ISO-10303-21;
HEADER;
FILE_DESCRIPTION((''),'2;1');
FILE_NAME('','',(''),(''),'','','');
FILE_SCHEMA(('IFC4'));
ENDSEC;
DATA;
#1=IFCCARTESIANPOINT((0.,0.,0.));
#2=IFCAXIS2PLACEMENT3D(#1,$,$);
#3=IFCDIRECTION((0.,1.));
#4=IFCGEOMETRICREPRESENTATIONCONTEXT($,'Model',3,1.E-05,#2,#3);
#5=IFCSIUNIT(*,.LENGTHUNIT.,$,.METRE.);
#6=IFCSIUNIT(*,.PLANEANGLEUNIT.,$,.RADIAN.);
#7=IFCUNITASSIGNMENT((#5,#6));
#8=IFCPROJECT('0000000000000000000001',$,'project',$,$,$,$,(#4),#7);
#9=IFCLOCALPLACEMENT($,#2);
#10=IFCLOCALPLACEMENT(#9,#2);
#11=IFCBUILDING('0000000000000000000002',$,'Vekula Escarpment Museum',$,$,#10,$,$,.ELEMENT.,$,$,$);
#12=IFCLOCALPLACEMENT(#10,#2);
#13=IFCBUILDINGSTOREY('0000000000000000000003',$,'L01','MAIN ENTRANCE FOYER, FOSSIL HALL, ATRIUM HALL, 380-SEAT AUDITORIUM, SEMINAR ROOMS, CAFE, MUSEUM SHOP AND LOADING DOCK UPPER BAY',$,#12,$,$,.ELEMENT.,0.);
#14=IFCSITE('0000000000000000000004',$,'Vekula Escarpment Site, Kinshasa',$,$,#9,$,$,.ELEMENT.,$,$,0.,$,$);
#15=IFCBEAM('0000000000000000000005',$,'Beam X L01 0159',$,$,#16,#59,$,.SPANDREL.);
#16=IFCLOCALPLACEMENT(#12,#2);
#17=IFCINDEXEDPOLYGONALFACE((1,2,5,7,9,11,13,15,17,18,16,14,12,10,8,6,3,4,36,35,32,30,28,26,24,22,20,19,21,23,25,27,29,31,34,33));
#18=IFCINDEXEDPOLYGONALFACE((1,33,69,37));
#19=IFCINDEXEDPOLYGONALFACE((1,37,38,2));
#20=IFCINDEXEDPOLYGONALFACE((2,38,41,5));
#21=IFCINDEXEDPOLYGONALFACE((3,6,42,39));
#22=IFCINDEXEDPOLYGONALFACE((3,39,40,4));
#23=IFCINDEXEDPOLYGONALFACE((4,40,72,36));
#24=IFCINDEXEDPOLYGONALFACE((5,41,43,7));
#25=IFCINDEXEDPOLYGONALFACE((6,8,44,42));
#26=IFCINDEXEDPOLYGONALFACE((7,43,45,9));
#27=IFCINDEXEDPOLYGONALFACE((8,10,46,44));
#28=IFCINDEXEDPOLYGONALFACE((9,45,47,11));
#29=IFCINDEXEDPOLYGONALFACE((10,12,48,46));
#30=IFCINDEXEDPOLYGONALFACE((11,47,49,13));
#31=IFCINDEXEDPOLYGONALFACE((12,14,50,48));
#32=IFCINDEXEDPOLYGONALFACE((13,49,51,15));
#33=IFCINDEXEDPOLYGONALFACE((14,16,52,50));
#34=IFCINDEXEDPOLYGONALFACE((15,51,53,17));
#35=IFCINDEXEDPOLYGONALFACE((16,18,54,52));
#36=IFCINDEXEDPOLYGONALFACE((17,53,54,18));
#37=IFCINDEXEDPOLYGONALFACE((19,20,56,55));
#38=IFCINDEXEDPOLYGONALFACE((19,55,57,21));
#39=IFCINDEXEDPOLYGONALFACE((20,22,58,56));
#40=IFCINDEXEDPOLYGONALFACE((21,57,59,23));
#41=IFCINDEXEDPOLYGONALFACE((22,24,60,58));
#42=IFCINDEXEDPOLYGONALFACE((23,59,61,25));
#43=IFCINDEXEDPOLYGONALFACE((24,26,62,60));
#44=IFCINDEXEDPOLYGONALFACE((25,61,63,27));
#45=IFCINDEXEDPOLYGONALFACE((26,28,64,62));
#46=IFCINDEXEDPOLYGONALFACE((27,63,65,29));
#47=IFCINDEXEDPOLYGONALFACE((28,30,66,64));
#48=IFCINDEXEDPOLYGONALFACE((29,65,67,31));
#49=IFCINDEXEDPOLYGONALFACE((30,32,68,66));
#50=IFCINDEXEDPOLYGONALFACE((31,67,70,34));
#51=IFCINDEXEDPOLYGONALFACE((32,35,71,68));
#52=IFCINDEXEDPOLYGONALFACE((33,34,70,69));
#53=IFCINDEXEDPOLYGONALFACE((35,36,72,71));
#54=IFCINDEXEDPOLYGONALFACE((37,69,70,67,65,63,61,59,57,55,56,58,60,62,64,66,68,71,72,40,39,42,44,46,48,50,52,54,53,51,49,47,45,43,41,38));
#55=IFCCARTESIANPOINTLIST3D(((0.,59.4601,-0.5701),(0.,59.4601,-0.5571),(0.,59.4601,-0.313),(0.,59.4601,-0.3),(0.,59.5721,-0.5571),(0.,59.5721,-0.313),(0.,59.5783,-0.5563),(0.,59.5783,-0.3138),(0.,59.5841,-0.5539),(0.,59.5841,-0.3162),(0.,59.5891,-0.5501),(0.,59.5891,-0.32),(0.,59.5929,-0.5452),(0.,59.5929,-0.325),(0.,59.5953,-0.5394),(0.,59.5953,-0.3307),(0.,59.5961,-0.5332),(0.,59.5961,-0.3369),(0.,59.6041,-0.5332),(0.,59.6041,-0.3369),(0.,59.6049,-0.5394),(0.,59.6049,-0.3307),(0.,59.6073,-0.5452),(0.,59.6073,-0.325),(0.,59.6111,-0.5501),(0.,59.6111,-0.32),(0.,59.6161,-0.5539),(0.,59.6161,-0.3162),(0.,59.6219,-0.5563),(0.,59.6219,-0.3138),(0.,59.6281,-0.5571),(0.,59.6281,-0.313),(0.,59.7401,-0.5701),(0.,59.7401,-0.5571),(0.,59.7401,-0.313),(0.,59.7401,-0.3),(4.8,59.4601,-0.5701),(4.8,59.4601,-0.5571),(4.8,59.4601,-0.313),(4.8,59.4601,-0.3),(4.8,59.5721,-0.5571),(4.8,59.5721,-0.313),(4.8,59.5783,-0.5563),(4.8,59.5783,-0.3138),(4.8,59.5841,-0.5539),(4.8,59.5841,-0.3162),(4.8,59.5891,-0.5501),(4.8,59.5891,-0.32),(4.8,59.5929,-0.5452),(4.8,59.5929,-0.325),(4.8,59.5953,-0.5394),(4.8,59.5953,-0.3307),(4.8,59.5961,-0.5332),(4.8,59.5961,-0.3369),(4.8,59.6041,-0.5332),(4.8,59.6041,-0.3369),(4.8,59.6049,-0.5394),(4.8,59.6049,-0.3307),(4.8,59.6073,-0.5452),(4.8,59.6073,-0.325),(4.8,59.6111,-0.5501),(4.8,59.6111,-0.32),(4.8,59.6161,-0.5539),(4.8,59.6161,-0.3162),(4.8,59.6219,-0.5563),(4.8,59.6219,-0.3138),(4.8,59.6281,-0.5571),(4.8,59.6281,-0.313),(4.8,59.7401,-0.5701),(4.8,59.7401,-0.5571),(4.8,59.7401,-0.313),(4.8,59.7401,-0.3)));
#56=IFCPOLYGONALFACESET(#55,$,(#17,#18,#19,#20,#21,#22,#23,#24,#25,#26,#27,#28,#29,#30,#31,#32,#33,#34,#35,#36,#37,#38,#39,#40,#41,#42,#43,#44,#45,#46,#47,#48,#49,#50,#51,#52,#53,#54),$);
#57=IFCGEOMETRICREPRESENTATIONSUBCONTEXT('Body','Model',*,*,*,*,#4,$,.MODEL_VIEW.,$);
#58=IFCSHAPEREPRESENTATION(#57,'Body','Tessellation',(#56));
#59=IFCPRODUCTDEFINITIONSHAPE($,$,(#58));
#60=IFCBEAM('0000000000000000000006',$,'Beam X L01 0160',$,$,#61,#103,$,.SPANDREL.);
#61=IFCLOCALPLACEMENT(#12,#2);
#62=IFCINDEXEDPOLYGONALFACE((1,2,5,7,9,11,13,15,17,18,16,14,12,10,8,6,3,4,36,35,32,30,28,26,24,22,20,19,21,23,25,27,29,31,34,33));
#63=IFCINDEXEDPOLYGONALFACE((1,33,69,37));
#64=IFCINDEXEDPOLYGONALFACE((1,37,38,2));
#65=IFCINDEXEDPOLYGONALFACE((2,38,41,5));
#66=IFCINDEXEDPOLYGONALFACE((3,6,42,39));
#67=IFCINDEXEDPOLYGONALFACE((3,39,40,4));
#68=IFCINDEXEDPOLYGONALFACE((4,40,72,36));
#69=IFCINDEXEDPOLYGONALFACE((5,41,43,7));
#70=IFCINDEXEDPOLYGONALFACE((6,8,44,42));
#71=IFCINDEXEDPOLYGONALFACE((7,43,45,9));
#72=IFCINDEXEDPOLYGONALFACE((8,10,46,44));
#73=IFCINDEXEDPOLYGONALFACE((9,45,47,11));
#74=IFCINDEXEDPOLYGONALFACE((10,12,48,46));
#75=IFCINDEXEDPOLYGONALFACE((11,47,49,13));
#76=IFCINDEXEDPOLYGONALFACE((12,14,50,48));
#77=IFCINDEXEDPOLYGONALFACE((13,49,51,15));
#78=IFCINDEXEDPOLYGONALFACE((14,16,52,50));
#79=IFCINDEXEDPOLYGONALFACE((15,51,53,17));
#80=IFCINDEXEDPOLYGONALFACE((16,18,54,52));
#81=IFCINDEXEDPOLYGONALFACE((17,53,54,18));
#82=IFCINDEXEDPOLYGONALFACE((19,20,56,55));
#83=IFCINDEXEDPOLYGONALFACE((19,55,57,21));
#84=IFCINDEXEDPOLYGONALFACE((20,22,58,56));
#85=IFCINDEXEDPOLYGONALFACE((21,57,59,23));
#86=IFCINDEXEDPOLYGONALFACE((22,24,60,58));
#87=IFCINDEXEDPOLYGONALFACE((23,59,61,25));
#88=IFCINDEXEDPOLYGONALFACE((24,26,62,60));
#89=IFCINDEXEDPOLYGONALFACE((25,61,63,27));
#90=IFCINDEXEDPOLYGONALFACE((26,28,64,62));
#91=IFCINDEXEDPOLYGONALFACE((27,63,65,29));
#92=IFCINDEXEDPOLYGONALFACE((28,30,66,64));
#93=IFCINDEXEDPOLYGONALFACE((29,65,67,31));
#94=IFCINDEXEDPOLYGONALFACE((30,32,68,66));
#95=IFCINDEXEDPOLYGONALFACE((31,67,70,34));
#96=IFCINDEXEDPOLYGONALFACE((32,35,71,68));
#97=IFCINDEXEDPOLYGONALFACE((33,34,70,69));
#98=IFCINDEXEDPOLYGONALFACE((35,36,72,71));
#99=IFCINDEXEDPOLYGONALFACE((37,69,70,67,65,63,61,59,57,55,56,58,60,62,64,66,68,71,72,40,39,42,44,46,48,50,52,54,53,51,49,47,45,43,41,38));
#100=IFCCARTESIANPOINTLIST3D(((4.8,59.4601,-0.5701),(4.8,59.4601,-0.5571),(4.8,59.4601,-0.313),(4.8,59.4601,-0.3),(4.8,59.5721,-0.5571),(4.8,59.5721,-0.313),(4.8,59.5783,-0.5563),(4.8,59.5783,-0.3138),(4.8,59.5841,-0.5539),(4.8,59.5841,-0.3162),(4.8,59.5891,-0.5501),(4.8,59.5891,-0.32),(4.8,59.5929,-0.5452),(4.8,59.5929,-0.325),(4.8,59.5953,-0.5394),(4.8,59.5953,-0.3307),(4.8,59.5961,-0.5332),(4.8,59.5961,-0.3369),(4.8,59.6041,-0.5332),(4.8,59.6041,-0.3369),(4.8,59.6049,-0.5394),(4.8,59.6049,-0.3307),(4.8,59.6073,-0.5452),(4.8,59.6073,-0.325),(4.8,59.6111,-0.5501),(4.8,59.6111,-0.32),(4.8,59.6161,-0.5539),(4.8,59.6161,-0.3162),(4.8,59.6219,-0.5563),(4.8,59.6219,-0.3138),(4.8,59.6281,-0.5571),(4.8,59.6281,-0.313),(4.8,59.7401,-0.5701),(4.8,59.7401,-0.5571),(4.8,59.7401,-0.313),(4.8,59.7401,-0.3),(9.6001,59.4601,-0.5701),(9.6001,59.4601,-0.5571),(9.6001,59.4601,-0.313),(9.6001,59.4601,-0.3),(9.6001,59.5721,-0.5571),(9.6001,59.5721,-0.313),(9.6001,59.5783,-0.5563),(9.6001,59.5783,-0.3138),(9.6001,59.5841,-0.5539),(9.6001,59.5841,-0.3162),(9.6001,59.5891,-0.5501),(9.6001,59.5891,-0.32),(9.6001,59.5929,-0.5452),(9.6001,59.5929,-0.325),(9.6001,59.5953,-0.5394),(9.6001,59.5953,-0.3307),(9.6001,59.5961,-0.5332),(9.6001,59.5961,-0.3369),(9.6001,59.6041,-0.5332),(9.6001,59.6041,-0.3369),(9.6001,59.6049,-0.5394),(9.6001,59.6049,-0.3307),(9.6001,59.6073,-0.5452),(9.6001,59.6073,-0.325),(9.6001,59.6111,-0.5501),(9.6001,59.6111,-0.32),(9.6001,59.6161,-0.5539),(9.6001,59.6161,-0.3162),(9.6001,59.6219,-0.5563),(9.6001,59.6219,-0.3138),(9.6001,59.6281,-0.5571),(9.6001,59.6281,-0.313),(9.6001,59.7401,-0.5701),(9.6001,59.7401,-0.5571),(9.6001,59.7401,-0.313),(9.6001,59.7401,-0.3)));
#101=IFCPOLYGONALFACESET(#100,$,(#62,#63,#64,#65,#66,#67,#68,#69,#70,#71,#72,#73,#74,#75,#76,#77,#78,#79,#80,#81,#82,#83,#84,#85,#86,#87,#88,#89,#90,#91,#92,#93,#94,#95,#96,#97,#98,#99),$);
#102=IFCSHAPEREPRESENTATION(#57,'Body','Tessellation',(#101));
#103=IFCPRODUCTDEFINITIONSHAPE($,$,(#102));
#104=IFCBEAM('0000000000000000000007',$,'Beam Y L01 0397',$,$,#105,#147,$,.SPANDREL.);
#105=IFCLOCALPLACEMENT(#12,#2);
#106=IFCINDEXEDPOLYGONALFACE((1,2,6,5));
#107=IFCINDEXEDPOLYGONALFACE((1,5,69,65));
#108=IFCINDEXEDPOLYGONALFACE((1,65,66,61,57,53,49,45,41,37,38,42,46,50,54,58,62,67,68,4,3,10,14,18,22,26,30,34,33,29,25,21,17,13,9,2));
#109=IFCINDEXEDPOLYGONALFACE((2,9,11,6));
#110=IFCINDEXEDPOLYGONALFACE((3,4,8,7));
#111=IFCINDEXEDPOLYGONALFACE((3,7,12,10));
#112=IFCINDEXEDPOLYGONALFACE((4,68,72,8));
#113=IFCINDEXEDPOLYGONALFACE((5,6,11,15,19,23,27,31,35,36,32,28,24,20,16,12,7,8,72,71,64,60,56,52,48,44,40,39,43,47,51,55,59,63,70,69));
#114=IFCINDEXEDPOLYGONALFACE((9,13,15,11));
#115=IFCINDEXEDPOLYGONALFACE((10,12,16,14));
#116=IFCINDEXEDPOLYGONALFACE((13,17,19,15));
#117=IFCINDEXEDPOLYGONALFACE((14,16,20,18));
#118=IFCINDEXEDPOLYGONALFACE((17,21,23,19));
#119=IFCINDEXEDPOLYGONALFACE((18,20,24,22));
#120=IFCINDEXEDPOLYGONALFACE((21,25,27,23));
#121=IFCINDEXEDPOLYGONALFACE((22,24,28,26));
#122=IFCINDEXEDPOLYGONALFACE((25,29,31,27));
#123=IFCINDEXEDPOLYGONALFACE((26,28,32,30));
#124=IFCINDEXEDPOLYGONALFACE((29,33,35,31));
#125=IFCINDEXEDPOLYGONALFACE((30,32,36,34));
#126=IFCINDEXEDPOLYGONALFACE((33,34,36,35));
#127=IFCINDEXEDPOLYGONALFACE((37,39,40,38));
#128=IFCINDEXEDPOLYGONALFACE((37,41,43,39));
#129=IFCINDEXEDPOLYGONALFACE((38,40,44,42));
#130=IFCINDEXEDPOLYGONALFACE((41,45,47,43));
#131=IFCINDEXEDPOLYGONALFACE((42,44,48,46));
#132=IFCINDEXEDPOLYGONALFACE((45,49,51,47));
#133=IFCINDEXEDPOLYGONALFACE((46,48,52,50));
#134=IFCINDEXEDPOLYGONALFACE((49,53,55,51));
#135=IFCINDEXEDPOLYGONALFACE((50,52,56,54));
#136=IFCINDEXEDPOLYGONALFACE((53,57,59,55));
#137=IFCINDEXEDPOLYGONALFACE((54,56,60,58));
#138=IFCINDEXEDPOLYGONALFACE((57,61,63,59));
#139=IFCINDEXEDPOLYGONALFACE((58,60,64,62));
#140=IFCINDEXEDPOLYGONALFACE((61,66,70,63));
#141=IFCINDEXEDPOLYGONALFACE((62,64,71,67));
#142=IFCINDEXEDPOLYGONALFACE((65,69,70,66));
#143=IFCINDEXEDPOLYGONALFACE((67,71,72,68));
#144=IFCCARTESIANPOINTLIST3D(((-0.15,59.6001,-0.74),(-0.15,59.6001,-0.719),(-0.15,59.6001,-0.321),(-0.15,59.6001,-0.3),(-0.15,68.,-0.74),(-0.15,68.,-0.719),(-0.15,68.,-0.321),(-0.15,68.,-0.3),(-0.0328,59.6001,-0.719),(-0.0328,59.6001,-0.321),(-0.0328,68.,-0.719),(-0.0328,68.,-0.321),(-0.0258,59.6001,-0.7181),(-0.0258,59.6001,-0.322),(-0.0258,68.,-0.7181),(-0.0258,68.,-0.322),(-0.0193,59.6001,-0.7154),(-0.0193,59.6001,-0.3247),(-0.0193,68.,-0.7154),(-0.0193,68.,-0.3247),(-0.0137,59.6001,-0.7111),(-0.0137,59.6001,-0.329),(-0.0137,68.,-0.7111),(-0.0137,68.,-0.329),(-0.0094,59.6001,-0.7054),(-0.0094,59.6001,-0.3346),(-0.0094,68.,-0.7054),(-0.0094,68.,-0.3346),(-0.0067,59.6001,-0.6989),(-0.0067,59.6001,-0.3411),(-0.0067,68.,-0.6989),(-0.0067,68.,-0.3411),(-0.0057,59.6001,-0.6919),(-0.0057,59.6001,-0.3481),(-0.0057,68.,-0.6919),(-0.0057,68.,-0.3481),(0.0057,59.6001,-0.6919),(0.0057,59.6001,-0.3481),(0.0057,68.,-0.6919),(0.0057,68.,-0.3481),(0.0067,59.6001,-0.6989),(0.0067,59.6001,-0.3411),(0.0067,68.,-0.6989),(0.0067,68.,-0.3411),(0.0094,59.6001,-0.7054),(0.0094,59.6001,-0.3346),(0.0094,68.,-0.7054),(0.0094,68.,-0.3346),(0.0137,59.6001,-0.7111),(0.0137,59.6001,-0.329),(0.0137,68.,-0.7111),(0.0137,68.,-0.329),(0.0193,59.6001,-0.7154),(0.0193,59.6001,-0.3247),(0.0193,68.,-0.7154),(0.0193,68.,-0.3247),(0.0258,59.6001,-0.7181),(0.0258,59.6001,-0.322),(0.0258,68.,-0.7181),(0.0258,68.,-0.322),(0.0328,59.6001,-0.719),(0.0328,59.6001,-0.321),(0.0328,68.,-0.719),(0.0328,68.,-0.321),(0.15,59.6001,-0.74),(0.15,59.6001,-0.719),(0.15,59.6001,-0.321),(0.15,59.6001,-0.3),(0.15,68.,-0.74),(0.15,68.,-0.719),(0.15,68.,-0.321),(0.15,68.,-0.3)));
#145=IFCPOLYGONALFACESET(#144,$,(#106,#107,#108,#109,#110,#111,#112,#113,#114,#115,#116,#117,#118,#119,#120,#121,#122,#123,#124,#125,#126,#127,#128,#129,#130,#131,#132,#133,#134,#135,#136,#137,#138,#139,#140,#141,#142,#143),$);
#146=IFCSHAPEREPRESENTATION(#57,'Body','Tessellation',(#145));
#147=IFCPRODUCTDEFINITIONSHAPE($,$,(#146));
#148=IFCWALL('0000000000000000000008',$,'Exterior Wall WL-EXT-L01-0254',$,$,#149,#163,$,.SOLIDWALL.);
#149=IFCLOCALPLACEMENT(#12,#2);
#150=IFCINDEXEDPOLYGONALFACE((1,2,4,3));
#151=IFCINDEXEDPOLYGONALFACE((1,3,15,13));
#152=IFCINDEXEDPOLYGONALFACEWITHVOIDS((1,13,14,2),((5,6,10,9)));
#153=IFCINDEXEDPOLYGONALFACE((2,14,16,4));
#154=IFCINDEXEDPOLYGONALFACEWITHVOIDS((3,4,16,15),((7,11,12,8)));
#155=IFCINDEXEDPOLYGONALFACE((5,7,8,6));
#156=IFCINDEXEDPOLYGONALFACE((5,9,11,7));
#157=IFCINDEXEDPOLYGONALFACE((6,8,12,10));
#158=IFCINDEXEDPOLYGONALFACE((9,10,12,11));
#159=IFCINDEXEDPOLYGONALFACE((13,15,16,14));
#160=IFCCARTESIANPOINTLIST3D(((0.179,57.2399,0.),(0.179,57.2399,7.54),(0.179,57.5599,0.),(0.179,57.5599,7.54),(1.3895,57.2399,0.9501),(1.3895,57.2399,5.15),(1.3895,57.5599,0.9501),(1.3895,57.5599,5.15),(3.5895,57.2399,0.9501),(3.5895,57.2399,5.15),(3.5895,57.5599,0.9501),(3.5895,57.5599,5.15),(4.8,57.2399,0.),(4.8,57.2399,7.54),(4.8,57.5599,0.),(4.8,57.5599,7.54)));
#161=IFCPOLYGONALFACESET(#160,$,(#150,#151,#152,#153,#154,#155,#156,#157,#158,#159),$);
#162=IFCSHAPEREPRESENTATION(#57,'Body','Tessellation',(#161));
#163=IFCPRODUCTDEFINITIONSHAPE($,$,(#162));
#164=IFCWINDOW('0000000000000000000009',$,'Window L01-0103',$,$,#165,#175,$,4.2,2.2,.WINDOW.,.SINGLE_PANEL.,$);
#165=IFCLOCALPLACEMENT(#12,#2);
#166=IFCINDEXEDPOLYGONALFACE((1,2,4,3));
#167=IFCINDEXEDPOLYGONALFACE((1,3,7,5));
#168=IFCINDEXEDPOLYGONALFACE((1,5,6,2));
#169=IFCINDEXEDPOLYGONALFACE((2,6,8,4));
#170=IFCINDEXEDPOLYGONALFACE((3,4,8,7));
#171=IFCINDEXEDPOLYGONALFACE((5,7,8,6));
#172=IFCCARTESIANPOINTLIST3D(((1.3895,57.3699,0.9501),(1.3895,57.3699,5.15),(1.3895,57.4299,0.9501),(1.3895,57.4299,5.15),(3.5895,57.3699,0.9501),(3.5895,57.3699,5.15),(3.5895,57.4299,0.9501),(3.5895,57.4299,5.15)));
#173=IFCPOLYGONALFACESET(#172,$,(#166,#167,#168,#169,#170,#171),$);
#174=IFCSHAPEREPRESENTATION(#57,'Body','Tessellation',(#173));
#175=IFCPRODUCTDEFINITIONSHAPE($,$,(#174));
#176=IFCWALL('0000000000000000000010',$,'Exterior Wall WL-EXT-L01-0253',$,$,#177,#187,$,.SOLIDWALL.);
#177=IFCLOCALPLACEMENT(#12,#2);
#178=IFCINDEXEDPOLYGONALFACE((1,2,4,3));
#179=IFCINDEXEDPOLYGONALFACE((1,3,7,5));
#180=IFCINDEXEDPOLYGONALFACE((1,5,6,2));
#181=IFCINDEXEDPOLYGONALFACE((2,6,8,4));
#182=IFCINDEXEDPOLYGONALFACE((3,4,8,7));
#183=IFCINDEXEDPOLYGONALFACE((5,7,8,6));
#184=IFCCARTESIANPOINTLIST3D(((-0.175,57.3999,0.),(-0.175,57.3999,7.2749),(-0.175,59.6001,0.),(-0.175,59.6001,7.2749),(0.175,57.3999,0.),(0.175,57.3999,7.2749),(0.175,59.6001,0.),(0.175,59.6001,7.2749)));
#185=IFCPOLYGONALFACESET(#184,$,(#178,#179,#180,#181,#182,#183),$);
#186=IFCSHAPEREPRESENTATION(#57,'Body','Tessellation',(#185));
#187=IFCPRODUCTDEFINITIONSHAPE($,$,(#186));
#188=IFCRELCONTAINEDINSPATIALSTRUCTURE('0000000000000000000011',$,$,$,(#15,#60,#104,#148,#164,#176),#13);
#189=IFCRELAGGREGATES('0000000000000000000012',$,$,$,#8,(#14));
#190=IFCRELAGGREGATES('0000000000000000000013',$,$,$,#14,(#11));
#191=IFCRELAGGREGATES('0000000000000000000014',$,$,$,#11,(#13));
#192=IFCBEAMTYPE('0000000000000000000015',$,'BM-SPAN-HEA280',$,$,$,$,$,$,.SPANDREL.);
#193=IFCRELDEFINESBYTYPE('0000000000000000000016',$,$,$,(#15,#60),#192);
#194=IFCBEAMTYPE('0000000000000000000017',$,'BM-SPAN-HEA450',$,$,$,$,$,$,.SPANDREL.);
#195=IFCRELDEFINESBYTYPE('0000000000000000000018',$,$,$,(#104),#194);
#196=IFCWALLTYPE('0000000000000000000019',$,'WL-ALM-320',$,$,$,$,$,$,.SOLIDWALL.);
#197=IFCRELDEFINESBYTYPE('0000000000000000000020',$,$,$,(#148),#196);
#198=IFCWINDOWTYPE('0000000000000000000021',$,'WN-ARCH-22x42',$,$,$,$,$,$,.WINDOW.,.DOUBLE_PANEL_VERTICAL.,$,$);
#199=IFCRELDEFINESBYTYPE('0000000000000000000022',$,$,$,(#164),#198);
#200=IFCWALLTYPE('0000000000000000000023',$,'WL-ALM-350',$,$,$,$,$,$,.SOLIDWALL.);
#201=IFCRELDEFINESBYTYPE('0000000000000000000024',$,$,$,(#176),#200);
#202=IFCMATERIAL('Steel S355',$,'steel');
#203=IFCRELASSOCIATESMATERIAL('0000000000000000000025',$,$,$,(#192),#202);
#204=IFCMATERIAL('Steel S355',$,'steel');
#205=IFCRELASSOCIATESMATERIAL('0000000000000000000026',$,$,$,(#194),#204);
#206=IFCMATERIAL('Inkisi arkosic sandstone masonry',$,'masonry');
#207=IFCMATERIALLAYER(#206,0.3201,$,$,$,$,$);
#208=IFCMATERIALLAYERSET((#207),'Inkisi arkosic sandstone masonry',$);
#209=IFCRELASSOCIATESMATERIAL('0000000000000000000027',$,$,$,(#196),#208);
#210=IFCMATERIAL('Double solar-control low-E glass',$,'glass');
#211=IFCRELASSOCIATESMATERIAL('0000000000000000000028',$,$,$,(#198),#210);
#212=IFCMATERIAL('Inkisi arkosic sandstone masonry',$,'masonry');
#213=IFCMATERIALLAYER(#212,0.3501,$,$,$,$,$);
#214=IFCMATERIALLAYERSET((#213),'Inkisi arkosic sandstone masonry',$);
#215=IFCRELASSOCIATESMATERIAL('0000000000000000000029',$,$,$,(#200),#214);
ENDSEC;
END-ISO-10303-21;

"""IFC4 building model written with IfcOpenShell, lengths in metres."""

from ifc_helpers import new_model, si_unit, direction, frame, frame_2d, origin, origin_2d, place, context, subcontext, project, spatial, rectangle, i_section, extrude, material, layer, layer_set, material_profile, profile_set, type_object, element, fill, save


model = new_model("IFC4")

# Units and contexts
model_context = context("Model", 3, precision=1e-05, world=origin(), true_north=direction((0.0, 1.0)))
body_context = subcontext(model_context, "Body", "Model", "MODEL_VIEW")
ifc_project = project(units=[si_unit("LENGTHUNIT", "METRE"), si_unit("PLANEANGLEUNIT", "RADIAN")], contexts=[model_context])

# Site, building, storey
site_placement = place(None, origin())
site = spatial("IfcSite", under=ifc_project, at=site_placement, Name="Vekula Escarpment Site, Kinshasa", CompositionType="ELEMENT", RefElevation=0.0)
building_placement = place(site_placement, origin())
building = spatial("IfcBuilding", under=site, at=building_placement, Name="Vekula Escarpment Museum", CompositionType="ELEMENT")
storey_placement = place(building_placement, origin())
storey = spatial("IfcBuildingStorey", under=building, at=storey_placement, Name="L01", Description="MAIN ENTRANCE FOYER, FOSSIL HALL, ATRIUM HALL, 380-SEAT AUDITORIUM, SEMINAR ROOMS, CAFE, MUSEUM SHOP AND LOADING DOCK UPPER BAY", CompositionType="ELEMENT", Elevation=0.0)

# Beams
ifc_material_1 = material(Name="Steel S355", Category="steel")
ifc_material_profile_1 = material_profile(ifc_material_1, i_section(OverallWidth=0.28, OverallDepth=0.27, WebThickness=0.0081, FlangeThickness=0.0129, FilletRadius=0.0239, at=origin_2d()), Name="HEA 280")
ifc_profile_set_1 = profile_set([ifc_material_profile_1], Name="Steel S355")
beam_type_1 = type_object("IfcBeamType", Name="BM-SPAN-HEA280", PredefinedType="SPANDREL", material=ifc_profile_set_1)
for number, where, z_axis, x_axis, name in (
    (1, (0.0, 59.6001, -0.4351), (1.0, 0.0, 0.0), (0.0, 1.0, 0.0), "Beam X L01 0159"),
    (2, (4.8, 59.6001, -0.4351), (1.0, 0.0, 0.0), (0.0, 1.0, 0.0), "Beam X L01 0160"),
):
    element("IfcBeam", number, at=place(storey_placement, frame(where, z_axis=z_axis, x_axis=x_axis)), inside=storey, type_object=beam_type_1, Name=name, PredefinedType="SPANDREL", context=body_context, shape_type="SweptSolid", body=[
        extrude(i_section(OverallWidth=0.28, OverallDepth=0.27, WebThickness=0.0081, FlangeThickness=0.0129, FilletRadius=0.0239, at=origin_2d()), origin(), (0.0, 0.0, 1.0), 4.8),
    ])
ifc_material_2 = material(Name="Steel S355", Category="steel")
ifc_material_profile_2 = material_profile(ifc_material_2, i_section(OverallWidth=0.3, OverallDepth=0.4399, WebThickness=0.0115, FlangeThickness=0.021, FilletRadius=0.0271, at=origin_2d()), Name="HEA 450")
ifc_profile_set_2 = profile_set([ifc_material_profile_2], Name="Steel S355")
beam_type_2 = type_object("IfcBeamType", Name="BM-SPAN-HEA450", PredefinedType="SPANDREL", material=ifc_profile_set_2)
beam_placement = place(storey_placement, frame((0.0, 59.6001, -0.52), z_axis=(0.0, 1.0, 0.0), x_axis=(-1.0, 0.0, 0.0)))
element("IfcBeam", 3, at=beam_placement, inside=storey, type_object=beam_type_2, Name="Beam Y L01 0397", PredefinedType="SPANDREL", context=body_context, shape_type="SweptSolid", body=[
    extrude(i_section(OverallWidth=0.3, OverallDepth=0.4399, WebThickness=0.0115, FlangeThickness=0.021, FilletRadius=0.0271, at=origin_2d()), origin(), (0.0, 0.0, 1.0), 8.3999),
])

# Wall, opening, window
ifc_material_3 = material(Name="Inkisi arkosic sandstone masonry", Category="masonry")
ifc_layer_1 = layer(ifc_material_3, 0.3201)
ifc_layer_set_1 = layer_set([ifc_layer_1], Name="Inkisi arkosic sandstone masonry")
wall_type_1 = type_object("IfcWallType", Name="WL-ALM-320", PredefinedType="SOLIDWALL", material=ifc_layer_set_1)
wall_1_placement = place(storey_placement, frame((4.8, 57.3999, 0.0), z_axis=(0.0, 0.0, 1.0), x_axis=(-1.0, 0.0, 0.0)))
wall_1 = element("IfcWall", 4, at=wall_1_placement, inside=storey, type_object=wall_type_1, Name="Exterior Wall WL-EXT-L01-0254", PredefinedType="SOLIDWALL", context=body_context, shape_type="SweptSolid", body=[
    extrude(rectangle(XDim=4.6211, YDim=0.3201, at=frame_2d((2.3105, 0.0))), origin(), (0.0, 0.0, 1.0), 7.54),
])
opening_1_placement = place(wall_1_placement, frame((1.2104, 0.0, 0.95)))
opening_1 = element("IfcOpeningElement", 5, at=opening_1_placement, cuts=wall_1, PredefinedType="OPENING", context=body_context, shape_type="SweptSolid", body=[
    extrude(rectangle(XDim=2.2, YDim=4.2, at=frame_2d((1.1001, 2.1001))), frame((0.0, 0.1699, 0.0), z_axis=(0.0, -1.0, 0.0), x_axis=(1.0, 0.0, 0.0)), (0.0, 0.0, 1.0), 0.3401),
])
ifc_material_4 = material(Name="Double solar-control low-E glass", Category="glass")
window_type = type_object("IfcWindowType", Name="WN-ARCH-22x42", PartitioningType="DOUBLE_PANEL_VERTICAL", PredefinedType="WINDOW", material=ifc_material_4)
window_placement = place(opening_1_placement, origin())
window = element("IfcWindow", 6, at=window_placement, inside=storey, type_object=window_type, Name="Window L01-0103", OverallHeight=4.2, OverallWidth=2.2, PartitioningType="SINGLE_PANEL", PredefinedType="WINDOW", context=body_context, shape_type="SweptSolid", body=[
    extrude(rectangle(XDim=2.2, YDim=4.2, at=frame_2d((1.1001, 2.1001))), frame((0.0, 0.03, 0.0), z_axis=(0.0, -1.0, 0.0), x_axis=(1.0, 0.0, 0.0)), (0.0, 0.0, 1.0), 0.0601),
])
fill(opening_1, window)

# Wall
ifc_material_5 = material(Name="Inkisi arkosic sandstone masonry", Category="masonry")
ifc_layer_2 = layer(ifc_material_5, 0.3501)
ifc_layer_set_2 = layer_set([ifc_layer_2], Name="Inkisi arkosic sandstone masonry")
wall_type_2 = type_object("IfcWallType", Name="WL-ALM-350", PredefinedType="SOLIDWALL", material=ifc_layer_set_2)
wall_2_placement = place(storey_placement, frame((0.0, 57.3999, 0.0), z_axis=(0.0, 0.0, 1.0), x_axis=(0.0, 1.0, 0.0)))
element("IfcWall", 7, at=wall_2_placement, inside=storey, type_object=wall_type_2, Name="Exterior Wall WL-EXT-L01-0253", PredefinedType="SOLIDWALL", context=body_context, shape_type="SweptSolid", body=[
    extrude(rectangle(XDim=2.2002, YDim=0.3501, at=frame_2d((1.1001, 0.0))), origin(), (0.0, 0.0, 1.0), 7.2749),
])

save(model, "model.ifc")
